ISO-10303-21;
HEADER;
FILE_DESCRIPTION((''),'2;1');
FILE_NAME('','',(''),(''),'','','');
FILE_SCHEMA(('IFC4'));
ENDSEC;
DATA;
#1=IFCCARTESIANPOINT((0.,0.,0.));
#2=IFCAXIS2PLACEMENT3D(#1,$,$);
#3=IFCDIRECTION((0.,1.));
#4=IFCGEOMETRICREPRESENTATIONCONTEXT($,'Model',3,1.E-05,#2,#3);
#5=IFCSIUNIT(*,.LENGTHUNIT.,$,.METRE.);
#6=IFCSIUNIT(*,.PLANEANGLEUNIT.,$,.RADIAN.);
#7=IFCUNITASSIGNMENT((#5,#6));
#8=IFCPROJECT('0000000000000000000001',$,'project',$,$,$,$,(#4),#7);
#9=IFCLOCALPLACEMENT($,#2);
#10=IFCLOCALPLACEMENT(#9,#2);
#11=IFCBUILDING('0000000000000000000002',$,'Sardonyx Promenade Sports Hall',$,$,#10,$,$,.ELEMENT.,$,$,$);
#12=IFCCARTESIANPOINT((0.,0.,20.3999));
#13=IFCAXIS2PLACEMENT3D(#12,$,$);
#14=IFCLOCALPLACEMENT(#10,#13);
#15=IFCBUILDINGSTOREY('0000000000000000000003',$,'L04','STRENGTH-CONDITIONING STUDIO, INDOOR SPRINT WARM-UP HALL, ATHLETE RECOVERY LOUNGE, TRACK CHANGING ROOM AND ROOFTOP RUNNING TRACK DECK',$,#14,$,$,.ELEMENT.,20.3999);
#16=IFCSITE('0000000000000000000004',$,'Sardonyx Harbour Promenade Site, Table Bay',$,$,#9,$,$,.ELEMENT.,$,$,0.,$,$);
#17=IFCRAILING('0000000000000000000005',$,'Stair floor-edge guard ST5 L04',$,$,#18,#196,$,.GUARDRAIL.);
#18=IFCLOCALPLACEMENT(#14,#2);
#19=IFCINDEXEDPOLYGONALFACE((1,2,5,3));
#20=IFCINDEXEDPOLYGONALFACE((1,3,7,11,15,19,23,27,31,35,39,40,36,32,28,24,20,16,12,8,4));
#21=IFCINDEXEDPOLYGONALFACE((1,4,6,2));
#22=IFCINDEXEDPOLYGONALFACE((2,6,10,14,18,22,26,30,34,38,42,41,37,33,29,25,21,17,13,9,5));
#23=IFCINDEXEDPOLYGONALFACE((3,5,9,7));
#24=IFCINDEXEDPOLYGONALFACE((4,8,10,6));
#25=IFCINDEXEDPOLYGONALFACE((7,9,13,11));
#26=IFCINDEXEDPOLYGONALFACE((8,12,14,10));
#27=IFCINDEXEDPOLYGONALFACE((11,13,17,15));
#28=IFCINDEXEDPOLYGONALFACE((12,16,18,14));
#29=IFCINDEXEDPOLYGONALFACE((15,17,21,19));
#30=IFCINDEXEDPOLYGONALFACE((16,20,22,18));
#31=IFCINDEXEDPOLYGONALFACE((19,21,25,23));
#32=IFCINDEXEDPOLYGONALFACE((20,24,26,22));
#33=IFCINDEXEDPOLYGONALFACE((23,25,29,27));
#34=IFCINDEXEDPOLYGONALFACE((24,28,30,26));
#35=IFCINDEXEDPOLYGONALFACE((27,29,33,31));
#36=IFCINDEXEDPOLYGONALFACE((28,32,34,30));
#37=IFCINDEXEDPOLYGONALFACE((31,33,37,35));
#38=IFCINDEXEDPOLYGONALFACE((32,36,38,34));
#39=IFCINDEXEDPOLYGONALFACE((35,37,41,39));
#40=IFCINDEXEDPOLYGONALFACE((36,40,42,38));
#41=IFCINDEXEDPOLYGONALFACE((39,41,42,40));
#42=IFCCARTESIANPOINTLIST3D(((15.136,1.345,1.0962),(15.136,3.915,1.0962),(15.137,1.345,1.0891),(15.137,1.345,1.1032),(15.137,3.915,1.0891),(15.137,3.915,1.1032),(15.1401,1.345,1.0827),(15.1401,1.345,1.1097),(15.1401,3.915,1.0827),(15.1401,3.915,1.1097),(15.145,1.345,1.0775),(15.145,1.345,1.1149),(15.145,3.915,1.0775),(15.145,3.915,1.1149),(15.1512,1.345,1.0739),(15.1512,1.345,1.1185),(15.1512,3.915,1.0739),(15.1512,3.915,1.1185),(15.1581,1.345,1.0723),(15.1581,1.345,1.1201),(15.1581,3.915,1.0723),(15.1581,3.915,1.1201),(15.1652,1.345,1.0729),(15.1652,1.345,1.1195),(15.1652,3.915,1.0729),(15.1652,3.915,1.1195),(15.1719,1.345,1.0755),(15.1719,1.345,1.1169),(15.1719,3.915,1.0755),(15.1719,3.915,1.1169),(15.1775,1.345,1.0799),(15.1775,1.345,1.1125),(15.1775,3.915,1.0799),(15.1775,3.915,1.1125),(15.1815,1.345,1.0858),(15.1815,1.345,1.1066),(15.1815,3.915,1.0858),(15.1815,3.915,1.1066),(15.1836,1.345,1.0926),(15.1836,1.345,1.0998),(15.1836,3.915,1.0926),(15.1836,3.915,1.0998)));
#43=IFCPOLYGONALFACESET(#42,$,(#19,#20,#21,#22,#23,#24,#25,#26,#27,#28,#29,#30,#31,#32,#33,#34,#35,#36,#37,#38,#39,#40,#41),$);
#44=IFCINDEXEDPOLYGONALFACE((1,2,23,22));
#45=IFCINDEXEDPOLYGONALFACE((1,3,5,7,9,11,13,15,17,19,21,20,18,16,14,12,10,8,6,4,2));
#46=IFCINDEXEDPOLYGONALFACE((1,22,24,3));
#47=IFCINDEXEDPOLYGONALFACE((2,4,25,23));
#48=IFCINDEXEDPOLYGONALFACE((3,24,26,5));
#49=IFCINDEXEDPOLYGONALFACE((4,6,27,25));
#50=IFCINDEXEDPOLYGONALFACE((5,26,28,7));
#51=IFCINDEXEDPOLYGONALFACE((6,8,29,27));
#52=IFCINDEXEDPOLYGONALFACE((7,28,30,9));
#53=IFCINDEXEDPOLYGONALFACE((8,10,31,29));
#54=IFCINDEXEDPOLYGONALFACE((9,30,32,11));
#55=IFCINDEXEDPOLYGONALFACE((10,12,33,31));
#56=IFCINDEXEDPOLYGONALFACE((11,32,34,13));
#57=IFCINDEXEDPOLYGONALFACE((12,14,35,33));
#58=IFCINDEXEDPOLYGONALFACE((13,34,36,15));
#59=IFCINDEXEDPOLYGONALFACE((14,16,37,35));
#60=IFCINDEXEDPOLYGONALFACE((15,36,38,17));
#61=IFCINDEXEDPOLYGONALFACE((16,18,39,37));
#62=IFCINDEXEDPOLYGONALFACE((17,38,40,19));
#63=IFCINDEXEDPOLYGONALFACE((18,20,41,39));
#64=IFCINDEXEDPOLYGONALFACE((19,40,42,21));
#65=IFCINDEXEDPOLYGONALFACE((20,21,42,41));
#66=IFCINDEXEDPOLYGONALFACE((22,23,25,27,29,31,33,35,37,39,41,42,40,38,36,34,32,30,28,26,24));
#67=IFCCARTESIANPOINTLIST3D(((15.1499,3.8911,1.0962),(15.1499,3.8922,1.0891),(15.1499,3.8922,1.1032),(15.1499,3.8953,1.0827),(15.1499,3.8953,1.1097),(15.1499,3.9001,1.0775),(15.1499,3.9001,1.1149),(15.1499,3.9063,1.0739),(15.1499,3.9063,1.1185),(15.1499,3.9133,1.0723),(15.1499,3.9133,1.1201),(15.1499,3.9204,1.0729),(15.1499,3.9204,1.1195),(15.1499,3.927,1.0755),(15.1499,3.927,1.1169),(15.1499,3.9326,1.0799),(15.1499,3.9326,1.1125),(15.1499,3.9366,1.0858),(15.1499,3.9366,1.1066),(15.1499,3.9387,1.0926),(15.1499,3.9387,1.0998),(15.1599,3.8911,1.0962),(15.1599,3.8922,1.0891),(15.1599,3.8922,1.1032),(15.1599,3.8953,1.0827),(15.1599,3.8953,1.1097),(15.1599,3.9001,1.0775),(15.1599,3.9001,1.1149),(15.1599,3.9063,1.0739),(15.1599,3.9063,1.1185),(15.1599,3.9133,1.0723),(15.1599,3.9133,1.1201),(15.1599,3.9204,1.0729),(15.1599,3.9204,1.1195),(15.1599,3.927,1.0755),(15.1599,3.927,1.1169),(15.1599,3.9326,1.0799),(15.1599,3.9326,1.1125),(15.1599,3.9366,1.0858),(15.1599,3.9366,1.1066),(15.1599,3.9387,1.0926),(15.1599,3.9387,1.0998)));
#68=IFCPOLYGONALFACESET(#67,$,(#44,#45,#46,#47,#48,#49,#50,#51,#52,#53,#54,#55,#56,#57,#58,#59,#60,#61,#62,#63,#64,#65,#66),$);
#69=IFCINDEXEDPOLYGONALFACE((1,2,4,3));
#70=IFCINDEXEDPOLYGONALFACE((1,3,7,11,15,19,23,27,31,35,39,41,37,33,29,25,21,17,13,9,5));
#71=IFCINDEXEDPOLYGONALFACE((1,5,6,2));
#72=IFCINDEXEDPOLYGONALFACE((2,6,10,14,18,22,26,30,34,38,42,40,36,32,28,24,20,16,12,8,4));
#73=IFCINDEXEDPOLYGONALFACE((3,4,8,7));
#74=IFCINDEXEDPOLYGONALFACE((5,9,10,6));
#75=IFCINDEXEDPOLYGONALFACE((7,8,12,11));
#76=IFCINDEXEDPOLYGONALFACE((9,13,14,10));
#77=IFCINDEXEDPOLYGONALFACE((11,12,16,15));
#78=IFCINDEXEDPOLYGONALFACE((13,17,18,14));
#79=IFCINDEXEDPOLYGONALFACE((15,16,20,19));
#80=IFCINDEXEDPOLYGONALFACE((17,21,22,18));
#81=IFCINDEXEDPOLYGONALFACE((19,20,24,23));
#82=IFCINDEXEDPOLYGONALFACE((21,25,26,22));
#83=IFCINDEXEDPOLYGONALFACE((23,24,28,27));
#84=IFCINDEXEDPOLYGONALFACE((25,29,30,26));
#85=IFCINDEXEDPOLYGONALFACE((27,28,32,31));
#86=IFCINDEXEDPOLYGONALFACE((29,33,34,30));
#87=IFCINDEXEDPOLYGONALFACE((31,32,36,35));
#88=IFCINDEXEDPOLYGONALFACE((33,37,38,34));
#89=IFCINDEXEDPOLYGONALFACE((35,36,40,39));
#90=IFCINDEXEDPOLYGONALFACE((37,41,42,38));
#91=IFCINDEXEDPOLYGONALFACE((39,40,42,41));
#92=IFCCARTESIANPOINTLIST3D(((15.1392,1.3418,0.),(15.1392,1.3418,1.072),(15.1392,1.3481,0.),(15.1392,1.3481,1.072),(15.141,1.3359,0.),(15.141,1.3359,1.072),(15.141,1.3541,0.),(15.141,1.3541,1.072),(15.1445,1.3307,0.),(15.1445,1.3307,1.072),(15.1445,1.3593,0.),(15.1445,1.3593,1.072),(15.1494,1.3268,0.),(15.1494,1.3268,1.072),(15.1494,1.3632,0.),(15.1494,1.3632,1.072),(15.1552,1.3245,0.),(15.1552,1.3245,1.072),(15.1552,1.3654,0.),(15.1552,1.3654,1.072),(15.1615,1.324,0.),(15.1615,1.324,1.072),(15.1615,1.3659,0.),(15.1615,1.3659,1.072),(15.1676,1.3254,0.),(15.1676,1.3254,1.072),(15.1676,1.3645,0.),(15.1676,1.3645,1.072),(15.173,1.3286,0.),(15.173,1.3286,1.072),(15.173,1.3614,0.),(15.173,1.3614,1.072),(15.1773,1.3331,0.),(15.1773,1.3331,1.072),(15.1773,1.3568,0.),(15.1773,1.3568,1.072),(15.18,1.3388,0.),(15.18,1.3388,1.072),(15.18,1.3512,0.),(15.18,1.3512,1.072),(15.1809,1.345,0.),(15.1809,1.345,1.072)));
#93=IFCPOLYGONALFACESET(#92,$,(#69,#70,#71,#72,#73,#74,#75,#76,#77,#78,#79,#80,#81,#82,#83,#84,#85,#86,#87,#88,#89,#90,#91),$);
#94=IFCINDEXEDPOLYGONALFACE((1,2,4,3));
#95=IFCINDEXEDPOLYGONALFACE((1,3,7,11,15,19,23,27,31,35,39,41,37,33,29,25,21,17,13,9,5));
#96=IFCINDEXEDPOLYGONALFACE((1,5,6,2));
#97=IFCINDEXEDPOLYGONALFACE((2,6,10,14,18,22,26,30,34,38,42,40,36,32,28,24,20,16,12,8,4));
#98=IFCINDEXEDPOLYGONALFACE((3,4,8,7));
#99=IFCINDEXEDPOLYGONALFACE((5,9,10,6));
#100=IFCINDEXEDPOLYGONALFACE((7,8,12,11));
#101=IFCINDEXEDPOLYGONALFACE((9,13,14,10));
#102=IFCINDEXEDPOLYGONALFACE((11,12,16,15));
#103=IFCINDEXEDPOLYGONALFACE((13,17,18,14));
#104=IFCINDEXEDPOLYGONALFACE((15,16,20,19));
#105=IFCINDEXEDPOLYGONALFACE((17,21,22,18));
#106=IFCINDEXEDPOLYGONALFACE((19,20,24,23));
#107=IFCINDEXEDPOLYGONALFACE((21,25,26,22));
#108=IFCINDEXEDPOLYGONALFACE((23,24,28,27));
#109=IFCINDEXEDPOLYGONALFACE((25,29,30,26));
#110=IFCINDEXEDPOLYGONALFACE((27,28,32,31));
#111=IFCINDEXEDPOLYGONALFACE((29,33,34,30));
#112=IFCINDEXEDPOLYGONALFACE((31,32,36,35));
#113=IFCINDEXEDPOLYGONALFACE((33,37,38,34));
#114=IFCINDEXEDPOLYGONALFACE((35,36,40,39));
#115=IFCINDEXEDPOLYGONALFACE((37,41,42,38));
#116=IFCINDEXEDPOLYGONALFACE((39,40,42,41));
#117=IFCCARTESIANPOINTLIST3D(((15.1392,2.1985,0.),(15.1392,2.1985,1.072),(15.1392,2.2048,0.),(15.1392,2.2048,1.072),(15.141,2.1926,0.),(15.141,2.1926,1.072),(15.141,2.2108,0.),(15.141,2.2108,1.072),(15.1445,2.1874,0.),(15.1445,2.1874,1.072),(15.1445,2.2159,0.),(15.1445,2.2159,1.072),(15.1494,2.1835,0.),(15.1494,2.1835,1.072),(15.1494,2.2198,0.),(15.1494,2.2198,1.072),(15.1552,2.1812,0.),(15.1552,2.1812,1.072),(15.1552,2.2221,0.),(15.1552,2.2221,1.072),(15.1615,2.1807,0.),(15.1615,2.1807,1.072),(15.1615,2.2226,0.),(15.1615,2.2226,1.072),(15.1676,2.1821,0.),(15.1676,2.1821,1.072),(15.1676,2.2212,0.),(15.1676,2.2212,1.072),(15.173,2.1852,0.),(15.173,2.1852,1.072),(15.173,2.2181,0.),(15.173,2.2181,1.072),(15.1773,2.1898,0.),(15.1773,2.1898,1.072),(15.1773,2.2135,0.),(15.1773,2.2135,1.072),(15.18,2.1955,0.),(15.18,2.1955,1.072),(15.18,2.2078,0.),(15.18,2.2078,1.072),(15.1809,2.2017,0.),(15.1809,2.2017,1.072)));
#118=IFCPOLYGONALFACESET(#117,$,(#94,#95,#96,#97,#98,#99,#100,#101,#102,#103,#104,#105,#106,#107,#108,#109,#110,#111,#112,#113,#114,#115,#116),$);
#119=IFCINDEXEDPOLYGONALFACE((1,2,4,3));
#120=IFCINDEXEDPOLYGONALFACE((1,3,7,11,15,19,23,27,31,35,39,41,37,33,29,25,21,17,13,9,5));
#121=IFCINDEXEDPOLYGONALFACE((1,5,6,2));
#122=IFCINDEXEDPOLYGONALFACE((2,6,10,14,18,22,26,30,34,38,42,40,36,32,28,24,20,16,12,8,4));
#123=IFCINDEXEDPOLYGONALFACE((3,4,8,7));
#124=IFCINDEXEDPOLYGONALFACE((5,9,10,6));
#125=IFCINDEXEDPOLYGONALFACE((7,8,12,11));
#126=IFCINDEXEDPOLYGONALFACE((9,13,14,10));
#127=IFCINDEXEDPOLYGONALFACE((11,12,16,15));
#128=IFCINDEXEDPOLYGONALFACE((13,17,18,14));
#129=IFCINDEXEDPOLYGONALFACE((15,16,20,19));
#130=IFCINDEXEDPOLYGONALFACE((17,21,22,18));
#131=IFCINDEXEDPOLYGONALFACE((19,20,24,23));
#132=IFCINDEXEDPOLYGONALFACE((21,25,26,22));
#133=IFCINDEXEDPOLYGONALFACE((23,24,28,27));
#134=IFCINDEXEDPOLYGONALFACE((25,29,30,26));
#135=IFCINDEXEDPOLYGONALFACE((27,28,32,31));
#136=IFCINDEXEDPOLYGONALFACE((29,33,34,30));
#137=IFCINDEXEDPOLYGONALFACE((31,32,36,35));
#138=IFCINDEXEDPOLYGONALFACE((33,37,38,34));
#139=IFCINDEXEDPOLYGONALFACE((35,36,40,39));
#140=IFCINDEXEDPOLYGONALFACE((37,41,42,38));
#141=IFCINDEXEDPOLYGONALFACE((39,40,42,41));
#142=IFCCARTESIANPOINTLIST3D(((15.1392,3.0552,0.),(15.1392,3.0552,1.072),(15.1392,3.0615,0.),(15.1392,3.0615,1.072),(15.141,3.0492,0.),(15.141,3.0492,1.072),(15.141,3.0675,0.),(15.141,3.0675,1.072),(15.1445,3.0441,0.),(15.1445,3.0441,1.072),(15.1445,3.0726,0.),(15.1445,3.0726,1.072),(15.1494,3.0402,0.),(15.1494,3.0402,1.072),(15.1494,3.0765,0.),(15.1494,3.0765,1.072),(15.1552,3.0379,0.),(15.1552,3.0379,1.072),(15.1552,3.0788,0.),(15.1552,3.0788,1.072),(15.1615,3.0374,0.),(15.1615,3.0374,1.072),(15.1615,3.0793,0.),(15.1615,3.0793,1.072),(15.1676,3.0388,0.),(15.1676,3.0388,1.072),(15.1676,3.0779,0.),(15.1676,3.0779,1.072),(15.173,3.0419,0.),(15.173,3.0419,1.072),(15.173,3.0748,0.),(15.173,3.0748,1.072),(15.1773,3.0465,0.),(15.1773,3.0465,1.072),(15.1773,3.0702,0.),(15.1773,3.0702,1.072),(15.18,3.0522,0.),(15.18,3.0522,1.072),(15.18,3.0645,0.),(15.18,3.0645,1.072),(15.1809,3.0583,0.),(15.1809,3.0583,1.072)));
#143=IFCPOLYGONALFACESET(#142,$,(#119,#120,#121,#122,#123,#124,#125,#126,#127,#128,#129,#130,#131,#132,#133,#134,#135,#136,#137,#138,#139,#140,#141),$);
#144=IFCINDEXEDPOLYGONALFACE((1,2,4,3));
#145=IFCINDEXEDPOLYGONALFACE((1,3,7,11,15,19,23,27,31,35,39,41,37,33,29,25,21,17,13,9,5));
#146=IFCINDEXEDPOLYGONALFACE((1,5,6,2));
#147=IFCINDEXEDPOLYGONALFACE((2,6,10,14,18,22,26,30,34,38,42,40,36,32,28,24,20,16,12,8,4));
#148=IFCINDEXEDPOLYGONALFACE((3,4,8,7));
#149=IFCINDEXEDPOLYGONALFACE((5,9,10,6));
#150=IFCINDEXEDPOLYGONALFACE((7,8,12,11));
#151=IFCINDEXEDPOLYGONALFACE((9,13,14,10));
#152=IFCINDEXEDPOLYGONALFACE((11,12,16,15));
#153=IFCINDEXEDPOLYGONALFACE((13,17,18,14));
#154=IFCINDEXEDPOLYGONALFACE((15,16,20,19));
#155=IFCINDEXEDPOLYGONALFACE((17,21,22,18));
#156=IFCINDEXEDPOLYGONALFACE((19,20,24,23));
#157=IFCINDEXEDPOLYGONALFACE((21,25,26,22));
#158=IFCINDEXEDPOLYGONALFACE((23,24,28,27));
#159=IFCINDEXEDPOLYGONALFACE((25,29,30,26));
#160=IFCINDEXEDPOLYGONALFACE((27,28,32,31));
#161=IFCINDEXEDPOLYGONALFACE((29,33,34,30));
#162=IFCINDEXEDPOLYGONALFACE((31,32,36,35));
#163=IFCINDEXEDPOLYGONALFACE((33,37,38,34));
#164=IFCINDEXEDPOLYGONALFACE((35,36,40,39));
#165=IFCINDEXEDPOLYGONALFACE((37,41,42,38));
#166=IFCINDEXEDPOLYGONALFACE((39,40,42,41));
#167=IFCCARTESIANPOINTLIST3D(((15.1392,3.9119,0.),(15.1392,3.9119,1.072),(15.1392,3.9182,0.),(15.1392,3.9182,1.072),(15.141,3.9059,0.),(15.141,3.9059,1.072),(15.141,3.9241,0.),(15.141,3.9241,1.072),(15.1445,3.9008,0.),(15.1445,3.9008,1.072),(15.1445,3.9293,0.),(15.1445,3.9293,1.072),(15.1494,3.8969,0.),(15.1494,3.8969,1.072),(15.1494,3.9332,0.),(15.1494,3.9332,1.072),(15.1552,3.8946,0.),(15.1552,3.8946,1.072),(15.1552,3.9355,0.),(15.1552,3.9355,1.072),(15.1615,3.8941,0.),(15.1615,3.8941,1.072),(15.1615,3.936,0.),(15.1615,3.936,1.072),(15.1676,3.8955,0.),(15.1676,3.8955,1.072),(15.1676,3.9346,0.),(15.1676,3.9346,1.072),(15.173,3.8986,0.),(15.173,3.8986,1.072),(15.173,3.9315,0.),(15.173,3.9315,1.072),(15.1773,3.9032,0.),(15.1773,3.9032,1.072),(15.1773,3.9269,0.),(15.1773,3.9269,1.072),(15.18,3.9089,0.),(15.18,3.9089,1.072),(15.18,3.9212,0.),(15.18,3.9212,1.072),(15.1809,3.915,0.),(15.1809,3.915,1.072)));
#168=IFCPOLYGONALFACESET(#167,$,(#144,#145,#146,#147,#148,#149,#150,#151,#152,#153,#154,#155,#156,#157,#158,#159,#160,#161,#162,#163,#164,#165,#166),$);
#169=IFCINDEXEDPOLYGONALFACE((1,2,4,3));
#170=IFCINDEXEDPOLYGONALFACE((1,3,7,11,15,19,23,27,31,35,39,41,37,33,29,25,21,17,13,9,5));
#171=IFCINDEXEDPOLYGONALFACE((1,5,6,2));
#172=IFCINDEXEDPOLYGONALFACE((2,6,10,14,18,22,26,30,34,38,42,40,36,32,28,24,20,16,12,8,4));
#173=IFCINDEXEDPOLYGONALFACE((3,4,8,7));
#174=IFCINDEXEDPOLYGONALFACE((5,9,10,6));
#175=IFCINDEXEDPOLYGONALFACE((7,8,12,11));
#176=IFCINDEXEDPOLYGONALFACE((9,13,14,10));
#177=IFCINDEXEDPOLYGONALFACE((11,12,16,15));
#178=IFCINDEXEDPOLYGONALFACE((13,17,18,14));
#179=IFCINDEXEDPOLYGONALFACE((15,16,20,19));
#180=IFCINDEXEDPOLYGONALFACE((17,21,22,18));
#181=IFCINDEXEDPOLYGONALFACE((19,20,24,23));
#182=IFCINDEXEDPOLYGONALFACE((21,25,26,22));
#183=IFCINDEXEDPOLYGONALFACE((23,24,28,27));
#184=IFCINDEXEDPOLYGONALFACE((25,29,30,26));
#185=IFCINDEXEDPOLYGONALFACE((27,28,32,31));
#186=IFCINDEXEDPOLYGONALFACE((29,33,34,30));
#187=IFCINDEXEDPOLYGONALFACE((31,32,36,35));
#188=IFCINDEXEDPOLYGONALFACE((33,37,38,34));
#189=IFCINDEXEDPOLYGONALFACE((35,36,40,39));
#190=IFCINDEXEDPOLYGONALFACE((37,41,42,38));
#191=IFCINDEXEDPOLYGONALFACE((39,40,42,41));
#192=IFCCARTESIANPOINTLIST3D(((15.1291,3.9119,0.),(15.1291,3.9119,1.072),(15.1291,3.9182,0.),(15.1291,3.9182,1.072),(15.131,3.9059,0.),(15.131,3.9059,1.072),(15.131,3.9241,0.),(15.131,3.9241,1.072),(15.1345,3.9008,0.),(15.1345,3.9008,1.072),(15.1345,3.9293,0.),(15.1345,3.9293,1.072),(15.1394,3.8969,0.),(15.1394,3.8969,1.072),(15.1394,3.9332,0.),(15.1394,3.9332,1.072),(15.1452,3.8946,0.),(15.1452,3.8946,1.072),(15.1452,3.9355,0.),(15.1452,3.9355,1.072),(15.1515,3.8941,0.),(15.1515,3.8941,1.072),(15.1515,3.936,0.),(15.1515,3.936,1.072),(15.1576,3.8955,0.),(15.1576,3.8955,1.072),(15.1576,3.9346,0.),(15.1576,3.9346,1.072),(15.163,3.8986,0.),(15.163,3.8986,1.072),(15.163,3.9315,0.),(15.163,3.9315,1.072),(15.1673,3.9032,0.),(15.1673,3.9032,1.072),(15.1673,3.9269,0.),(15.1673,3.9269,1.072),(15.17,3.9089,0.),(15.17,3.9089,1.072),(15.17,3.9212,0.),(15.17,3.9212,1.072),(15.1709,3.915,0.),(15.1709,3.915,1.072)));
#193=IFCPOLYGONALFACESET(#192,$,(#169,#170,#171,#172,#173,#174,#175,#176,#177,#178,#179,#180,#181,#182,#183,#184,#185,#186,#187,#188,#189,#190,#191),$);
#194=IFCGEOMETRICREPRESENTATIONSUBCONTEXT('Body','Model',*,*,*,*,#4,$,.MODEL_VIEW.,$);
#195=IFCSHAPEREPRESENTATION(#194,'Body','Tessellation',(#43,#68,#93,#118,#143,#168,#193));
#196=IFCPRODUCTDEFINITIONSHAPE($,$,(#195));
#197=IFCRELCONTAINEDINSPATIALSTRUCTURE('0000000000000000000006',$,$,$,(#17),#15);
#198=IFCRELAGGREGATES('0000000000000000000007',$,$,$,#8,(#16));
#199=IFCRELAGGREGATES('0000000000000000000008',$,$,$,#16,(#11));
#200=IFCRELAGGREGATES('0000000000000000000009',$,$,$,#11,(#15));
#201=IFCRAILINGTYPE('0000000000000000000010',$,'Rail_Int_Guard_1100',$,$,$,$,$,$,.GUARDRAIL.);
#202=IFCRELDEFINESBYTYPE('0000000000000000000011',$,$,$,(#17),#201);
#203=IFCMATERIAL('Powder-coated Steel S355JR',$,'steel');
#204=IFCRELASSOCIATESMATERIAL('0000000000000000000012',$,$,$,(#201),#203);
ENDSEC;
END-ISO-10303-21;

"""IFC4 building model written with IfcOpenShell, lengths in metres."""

from ifc_helpers import new_model, si_unit, direction, frame, origin, origin_2d, place, context, subcontext, project, spatial, circle, extrude, material, type_object, element, save


model = new_model("IFC4")

# Units and contexts
model_context = context("Model", 3, precision=1e-05, world=origin(), true_north=direction((0.0, 1.0)))
body_context = subcontext(model_context, "Body", "Model", "MODEL_VIEW")
ifc_project = project(units=[si_unit("LENGTHUNIT", "METRE"), si_unit("PLANEANGLEUNIT", "RADIAN")], contexts=[model_context])

# Site, building, storey
site_placement = place(None, origin())
site = spatial("IfcSite", under=ifc_project, at=site_placement, Name="Sardonyx Harbour Promenade Site, Table Bay", CompositionType="ELEMENT", RefElevation=0.0)
building_placement = place(site_placement, origin())
building = spatial("IfcBuilding", under=site, at=building_placement, Name="Sardonyx Promenade Sports Hall", CompositionType="ELEMENT")
storey_placement = place(building_placement, frame((0.0, 0.0, 20.3999)))
storey = spatial("IfcBuildingStorey", under=building, at=storey_placement, Name="L04", Description="STRENGTH-CONDITIONING STUDIO, INDOOR SPRINT WARM-UP HALL, ATHLETE RECOVERY LOUNGE, TRACK CHANGING ROOM AND ROOFTOP RUNNING TRACK DECK", CompositionType="ELEMENT", Elevation=20.3999)

# Railing
ifc_material_1 = material(Name="Powder-coated Steel S355JR", Category="steel")
railing_type = type_object("IfcRailingType", Name="Rail_Int_Guard_1100", PredefinedType="GUARDRAIL", material=ifc_material_1)
railing_placement = place(storey_placement, frame((15.1599, 1.345, 0.0)))
element("IfcRailing", 1, at=railing_placement, inside=storey, type_object=railing_type, Name="Stair floor-edge guard ST5 L04", PredefinedType="GUARDRAIL", context=body_context, shape_type="SweptSolid", body=[
    extrude(circle(Radius=0.0239, at=origin_2d()), frame((0.0, 0.0, 1.0962), z_axis=(0.0, 1.0, 0.0), x_axis=(-1.0, 0.0, 0.0)), (0.0, 0.0, 1.0), 2.5701),
    extrude(circle(Radius=0.0239, at=origin_2d()), frame((0.0, 2.5701, 1.0962), z_axis=(-1.0, 0.0, 0.0), x_axis=(0.0, -1.0, 0.0)), (0.0, 0.0, 1.0), 0.01),
    extrude(circle(Radius=0.021, at=origin_2d()), origin(), (0.0, 0.0, 1.0), 1.072),
    extrude(circle(Radius=0.021, at=origin_2d()), frame((0.0, 0.8567, 0.0)), (0.0, 0.0, 1.0), 1.072),
    extrude(circle(Radius=0.021, at=origin_2d()), frame((0.0, 1.7134, 0.0)), (0.0, 0.0, 1.0), 1.072),
    extrude(circle(Radius=0.021, at=origin_2d()), frame((0.0, 2.5701, 0.0)), (0.0, 0.0, 1.0), 1.072),
    extrude(circle(Radius=0.021, at=origin_2d()), frame((-0.01, 2.5701, 0.0)), (0.0, 0.0, 1.0), 1.072),
])

save(model, "model.ifc")
